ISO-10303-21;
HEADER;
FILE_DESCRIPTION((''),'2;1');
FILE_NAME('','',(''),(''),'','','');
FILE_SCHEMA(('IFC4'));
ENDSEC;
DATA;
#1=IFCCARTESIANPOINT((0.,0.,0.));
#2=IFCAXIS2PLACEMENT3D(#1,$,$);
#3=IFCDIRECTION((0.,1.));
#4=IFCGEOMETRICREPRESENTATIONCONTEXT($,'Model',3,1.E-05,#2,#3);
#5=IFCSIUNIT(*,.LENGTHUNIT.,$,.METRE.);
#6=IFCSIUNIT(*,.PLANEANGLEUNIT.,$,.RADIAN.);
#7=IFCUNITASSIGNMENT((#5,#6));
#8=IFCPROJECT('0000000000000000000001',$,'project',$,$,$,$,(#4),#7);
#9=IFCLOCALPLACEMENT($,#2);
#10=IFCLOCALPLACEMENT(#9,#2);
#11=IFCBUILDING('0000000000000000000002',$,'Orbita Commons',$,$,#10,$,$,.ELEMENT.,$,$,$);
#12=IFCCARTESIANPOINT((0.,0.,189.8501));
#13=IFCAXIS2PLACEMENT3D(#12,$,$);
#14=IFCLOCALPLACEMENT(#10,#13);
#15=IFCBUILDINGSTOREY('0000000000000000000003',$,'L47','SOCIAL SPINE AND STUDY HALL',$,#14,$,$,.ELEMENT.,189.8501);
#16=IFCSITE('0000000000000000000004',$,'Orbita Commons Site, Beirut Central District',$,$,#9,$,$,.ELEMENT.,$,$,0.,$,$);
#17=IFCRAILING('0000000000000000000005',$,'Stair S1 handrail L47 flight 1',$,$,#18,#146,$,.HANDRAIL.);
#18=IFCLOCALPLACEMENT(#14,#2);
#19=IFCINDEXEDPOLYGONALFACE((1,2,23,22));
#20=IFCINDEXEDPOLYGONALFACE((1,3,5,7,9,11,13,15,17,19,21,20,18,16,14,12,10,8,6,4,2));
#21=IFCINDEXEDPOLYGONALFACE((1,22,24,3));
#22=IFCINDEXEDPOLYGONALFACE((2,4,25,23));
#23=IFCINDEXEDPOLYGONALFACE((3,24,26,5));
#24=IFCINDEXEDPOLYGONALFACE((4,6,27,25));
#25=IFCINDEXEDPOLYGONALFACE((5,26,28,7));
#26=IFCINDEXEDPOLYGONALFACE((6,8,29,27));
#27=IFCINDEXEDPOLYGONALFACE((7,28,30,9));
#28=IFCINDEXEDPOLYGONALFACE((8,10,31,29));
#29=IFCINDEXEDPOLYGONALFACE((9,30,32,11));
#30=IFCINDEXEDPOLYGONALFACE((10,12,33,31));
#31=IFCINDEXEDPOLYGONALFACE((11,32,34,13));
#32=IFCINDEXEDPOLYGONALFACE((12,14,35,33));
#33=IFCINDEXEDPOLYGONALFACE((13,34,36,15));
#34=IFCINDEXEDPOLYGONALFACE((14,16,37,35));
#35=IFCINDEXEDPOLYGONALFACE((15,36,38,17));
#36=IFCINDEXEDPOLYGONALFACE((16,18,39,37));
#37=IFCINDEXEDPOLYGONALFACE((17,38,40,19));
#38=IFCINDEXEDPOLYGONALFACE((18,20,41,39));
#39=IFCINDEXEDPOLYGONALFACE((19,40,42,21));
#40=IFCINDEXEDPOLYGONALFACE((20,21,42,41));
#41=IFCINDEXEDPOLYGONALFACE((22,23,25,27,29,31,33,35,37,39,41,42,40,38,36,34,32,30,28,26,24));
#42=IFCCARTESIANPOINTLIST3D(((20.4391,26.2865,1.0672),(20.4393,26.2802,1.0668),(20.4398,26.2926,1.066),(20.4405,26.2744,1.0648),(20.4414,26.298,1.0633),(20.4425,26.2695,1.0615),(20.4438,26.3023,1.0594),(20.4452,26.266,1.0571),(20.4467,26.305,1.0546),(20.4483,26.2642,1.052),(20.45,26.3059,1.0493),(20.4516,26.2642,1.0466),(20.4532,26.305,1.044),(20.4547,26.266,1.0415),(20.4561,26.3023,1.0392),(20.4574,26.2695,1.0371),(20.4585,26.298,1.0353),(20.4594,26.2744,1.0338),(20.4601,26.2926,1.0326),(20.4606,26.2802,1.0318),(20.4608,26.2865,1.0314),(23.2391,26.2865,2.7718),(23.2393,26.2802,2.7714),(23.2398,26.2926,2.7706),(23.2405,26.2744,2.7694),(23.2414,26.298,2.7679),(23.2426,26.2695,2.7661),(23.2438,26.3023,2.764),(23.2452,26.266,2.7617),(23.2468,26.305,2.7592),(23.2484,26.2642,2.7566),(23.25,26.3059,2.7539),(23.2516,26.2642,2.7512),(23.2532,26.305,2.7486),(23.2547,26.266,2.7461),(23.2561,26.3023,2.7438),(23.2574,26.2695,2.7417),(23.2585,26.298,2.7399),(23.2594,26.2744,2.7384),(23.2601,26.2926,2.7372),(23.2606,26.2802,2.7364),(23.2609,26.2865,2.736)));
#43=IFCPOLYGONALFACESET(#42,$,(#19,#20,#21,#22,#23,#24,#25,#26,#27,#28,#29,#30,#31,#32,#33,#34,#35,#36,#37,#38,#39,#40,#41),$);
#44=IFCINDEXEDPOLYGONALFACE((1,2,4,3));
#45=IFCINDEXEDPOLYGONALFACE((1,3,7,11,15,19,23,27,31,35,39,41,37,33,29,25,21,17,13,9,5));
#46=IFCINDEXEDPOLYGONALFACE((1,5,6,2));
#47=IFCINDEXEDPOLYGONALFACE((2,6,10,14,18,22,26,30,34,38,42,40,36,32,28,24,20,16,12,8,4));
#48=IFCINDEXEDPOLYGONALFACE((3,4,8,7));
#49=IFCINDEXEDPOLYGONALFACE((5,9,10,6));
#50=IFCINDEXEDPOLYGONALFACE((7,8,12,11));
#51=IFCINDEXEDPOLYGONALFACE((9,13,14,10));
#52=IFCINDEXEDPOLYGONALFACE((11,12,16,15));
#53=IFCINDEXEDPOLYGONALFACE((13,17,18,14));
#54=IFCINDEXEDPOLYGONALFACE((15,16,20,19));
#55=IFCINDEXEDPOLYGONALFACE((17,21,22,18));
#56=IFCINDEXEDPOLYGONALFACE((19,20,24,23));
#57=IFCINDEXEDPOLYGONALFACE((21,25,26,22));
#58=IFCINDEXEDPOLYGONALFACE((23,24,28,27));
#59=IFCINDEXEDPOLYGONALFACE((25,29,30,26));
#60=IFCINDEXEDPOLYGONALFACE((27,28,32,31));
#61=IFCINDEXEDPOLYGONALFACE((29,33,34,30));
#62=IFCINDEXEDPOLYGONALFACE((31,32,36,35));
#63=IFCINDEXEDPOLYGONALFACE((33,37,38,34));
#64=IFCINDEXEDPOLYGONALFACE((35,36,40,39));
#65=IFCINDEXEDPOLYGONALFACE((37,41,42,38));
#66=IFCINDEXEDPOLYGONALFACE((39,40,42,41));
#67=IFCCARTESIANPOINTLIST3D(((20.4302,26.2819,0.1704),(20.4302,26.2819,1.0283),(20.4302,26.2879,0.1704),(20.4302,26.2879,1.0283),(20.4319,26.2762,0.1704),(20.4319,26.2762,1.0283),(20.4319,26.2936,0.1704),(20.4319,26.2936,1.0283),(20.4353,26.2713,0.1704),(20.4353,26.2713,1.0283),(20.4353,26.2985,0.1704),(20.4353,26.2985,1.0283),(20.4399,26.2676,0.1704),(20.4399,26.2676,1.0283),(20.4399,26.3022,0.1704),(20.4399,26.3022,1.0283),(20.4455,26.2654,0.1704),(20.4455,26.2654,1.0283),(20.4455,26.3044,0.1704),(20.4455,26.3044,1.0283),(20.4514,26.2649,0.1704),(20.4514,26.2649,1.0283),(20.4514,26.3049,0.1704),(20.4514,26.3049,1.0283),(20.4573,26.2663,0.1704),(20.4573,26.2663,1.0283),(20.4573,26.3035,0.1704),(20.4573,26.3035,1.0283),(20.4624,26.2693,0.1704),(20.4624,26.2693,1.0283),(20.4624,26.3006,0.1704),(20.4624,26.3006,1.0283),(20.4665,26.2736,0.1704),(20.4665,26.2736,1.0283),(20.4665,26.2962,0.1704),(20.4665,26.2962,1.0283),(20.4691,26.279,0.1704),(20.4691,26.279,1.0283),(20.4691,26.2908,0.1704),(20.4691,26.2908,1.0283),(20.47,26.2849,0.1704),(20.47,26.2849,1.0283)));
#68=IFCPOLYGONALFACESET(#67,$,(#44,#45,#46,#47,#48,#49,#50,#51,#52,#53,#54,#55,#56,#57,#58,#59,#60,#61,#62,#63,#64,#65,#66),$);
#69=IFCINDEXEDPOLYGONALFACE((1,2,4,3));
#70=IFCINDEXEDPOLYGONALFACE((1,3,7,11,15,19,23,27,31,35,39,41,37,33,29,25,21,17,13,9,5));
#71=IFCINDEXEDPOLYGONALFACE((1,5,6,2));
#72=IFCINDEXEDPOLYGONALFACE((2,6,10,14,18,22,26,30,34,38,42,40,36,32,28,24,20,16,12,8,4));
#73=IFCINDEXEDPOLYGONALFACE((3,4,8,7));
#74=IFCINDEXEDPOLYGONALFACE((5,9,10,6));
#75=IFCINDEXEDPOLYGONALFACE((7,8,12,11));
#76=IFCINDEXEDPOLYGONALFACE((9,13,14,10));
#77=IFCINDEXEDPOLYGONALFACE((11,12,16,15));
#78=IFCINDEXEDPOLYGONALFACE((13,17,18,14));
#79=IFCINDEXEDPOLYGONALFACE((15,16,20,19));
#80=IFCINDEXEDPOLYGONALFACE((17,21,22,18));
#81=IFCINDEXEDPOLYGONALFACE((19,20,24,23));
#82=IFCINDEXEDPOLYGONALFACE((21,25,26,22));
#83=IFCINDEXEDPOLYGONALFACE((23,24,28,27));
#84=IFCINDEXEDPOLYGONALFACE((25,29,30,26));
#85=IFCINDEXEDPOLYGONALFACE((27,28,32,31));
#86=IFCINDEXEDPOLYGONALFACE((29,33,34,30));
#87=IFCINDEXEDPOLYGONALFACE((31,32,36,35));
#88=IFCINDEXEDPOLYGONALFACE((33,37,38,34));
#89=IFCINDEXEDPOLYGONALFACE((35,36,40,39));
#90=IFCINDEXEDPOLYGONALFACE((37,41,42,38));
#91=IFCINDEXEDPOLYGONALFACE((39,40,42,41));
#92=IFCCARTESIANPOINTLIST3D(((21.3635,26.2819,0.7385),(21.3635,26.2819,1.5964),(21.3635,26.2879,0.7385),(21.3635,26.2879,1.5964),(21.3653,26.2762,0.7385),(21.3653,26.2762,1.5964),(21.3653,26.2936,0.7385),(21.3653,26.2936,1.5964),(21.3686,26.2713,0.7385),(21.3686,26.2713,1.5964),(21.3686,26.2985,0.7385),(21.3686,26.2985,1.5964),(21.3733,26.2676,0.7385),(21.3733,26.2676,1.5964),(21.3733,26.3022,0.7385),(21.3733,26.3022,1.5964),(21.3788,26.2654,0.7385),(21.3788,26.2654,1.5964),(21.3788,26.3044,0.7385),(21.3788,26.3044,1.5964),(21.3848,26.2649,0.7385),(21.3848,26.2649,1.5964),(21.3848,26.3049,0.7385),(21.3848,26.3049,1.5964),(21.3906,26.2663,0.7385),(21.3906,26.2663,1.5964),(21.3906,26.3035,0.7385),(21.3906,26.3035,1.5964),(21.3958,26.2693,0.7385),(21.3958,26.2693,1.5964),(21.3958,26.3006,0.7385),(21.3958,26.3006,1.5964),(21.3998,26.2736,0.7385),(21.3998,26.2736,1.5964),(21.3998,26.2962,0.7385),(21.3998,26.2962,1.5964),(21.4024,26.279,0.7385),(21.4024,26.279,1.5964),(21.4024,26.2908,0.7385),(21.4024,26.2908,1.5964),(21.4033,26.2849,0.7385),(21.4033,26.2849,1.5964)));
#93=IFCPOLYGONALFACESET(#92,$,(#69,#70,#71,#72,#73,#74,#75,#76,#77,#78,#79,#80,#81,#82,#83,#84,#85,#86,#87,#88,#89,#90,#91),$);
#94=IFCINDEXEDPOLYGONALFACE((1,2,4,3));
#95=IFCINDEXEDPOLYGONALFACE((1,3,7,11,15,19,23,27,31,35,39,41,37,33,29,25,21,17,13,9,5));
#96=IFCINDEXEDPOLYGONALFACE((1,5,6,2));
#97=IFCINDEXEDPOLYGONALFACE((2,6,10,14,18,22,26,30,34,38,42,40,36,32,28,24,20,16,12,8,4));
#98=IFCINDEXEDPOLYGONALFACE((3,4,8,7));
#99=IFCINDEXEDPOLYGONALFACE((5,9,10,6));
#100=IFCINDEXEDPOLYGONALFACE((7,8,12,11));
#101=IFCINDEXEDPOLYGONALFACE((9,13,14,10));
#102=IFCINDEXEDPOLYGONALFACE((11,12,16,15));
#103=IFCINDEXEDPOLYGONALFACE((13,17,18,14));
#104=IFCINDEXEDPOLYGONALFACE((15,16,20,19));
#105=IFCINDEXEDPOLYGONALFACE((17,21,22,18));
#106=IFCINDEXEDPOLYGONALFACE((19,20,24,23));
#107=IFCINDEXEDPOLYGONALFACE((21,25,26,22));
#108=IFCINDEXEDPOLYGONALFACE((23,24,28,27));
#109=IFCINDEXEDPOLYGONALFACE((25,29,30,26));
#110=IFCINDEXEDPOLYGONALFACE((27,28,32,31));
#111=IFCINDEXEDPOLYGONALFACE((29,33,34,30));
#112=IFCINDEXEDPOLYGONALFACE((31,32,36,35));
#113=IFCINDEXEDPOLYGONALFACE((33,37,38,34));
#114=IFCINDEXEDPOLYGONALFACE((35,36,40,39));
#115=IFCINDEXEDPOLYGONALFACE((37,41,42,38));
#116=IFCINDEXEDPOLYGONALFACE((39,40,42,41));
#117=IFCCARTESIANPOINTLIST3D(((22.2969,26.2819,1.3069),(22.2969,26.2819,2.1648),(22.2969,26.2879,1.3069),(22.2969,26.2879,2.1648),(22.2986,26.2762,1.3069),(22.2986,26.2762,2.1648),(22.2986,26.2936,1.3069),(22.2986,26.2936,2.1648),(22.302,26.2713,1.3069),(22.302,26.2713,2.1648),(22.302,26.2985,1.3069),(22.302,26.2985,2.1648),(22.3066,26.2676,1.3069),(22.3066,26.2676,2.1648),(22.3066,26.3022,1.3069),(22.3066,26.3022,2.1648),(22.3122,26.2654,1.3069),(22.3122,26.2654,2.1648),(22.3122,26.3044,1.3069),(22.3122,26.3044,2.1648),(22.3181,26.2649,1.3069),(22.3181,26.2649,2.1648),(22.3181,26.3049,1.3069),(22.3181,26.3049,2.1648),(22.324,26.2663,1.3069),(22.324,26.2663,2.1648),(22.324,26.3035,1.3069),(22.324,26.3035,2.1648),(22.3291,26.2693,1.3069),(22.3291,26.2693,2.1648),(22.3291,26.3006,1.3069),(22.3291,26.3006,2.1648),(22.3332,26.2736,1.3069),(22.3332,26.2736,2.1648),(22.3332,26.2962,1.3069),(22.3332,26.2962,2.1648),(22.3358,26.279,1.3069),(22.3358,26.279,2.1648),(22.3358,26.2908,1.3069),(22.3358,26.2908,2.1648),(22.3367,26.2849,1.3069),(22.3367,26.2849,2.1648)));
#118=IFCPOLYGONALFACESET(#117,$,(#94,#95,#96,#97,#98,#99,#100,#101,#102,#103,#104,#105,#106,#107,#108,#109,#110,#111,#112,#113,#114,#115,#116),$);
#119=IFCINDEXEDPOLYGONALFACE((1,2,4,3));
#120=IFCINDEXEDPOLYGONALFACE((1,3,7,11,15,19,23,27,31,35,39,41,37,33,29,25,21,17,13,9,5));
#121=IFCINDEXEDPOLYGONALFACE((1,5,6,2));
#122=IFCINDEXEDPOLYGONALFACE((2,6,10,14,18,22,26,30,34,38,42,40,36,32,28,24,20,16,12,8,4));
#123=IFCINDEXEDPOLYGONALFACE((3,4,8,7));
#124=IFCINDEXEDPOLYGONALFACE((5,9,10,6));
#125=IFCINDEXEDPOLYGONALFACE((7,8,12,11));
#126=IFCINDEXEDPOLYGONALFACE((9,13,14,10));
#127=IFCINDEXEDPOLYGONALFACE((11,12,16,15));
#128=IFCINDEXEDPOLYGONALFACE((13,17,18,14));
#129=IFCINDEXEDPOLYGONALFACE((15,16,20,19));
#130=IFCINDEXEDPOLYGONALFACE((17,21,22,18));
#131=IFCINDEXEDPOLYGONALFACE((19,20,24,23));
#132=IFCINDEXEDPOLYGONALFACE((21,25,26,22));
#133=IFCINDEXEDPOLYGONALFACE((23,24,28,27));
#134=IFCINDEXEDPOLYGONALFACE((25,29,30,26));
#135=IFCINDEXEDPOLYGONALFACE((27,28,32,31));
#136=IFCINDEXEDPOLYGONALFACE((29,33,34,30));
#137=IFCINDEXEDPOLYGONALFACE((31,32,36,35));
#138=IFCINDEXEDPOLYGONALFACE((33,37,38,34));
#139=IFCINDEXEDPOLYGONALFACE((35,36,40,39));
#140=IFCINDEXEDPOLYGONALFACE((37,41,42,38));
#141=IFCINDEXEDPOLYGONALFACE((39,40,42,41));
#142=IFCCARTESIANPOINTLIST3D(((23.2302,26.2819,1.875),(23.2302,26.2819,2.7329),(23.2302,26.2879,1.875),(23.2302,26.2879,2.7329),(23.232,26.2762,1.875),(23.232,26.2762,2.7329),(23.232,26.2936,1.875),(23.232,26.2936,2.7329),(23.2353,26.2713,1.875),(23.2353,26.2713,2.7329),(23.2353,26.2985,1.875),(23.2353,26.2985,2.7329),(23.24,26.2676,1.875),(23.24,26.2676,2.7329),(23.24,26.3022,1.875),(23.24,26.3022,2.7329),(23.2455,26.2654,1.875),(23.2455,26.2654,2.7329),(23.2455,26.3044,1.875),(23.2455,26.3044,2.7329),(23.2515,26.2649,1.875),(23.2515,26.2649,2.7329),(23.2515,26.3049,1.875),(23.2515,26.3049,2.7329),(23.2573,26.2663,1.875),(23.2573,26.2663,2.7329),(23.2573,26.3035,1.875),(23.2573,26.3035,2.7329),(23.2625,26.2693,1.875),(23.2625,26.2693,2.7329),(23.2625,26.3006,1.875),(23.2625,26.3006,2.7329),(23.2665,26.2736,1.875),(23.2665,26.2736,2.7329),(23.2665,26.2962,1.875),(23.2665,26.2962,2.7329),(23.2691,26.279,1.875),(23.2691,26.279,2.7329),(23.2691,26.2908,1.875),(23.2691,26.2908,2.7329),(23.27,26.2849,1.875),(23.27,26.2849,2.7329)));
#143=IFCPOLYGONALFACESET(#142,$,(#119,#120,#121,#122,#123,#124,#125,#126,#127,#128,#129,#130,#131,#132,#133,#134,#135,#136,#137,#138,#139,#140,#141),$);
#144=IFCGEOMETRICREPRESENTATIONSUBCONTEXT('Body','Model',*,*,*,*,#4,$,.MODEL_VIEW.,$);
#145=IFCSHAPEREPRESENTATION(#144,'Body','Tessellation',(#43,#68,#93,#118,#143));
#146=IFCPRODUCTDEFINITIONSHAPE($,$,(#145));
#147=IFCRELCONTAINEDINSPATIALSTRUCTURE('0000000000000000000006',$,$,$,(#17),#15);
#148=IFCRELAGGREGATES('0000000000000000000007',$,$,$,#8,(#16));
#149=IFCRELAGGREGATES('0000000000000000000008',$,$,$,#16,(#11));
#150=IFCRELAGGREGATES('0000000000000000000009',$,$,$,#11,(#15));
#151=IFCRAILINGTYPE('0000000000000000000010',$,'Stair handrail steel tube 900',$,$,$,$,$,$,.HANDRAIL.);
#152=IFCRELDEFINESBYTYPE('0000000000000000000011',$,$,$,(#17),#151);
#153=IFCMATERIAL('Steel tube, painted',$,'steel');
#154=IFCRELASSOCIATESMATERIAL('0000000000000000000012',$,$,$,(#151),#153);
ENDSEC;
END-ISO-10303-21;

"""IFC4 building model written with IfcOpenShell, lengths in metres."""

from ifc_helpers import new_model, si_unit, direction, frame, origin, origin_2d, place, context, subcontext, project, spatial, circle, extrude, material, type_object, element, save


model = new_model("IFC4")

# Units and contexts
model_context = context("Model", 3, precision=1e-05, world=origin(), true_north=direction((0.0, 1.0)))
body_context = subcontext(model_context, "Body", "Model", "MODEL_VIEW")
ifc_project = project(units=[si_unit("LENGTHUNIT", "METRE"), si_unit("PLANEANGLEUNIT", "RADIAN")], contexts=[model_context])

# Site, building, storey
site_placement = place(None, origin())
site = spatial("IfcSite", under=ifc_project, at=site_placement, Name="Orbita Commons Site, Beirut Central District", CompositionType="ELEMENT", RefElevation=0.0)
building_placement = place(site_placement, origin())
building = spatial("IfcBuilding", under=site, at=building_placement, Name="Orbita Commons", CompositionType="ELEMENT")
storey_placement = place(building_placement, frame((0.0, 0.0, 189.8501)))
storey = spatial("IfcBuildingStorey", under=building, at=storey_placement, Name="L47", Description="SOCIAL SPINE AND STUDY HALL", CompositionType="ELEMENT", Elevation=189.8501)

# Railing
ifc_material_1 = material(Name="Steel tube, painted", Category="steel")
railing_type = type_object("IfcRailingType", Name="Stair handrail steel tube 900", PredefinedType="HANDRAIL", material=ifc_material_1)
railing_placement = place(storey_placement, frame((20.45, 26.2849, 0.1704)))
element("IfcRailing", 1, at=railing_placement, inside=storey, type_object=railing_type, Name="Stair S1 handrail L47 flight 1", PredefinedType="HANDRAIL", context=body_context, shape_type="SweptSolid", body=[
    extrude(circle(Radius=0.021, at=origin_2d()), frame((0.0, 0.0, 0.8789), z_axis=(0.85417, 0.0, 0.519994), x_axis=(0.0, 1.0, 0.0)), (0.0, 0.0, 1.0), 3.2781),
    extrude(circle(Radius=0.02, at=origin_2d()), origin(), (0.0, 0.0, 1.0), 0.8579),
    extrude(circle(Radius=0.02, at=origin_2d()), frame((0.9333, 0.0, 0.5681)), (0.0, 0.0, 1.0), 0.8579),
    extrude(circle(Radius=0.02, at=origin_2d()), frame((1.8667, 0.0, 1.1365)), (0.0, 0.0, 1.0), 0.8579),
    extrude(circle(Radius=0.02, at=origin_2d()), frame((2.8, 0.0, 1.7046)), (0.0, 0.0, 1.0), 0.8579),
])

save(model, "model.ifc")
